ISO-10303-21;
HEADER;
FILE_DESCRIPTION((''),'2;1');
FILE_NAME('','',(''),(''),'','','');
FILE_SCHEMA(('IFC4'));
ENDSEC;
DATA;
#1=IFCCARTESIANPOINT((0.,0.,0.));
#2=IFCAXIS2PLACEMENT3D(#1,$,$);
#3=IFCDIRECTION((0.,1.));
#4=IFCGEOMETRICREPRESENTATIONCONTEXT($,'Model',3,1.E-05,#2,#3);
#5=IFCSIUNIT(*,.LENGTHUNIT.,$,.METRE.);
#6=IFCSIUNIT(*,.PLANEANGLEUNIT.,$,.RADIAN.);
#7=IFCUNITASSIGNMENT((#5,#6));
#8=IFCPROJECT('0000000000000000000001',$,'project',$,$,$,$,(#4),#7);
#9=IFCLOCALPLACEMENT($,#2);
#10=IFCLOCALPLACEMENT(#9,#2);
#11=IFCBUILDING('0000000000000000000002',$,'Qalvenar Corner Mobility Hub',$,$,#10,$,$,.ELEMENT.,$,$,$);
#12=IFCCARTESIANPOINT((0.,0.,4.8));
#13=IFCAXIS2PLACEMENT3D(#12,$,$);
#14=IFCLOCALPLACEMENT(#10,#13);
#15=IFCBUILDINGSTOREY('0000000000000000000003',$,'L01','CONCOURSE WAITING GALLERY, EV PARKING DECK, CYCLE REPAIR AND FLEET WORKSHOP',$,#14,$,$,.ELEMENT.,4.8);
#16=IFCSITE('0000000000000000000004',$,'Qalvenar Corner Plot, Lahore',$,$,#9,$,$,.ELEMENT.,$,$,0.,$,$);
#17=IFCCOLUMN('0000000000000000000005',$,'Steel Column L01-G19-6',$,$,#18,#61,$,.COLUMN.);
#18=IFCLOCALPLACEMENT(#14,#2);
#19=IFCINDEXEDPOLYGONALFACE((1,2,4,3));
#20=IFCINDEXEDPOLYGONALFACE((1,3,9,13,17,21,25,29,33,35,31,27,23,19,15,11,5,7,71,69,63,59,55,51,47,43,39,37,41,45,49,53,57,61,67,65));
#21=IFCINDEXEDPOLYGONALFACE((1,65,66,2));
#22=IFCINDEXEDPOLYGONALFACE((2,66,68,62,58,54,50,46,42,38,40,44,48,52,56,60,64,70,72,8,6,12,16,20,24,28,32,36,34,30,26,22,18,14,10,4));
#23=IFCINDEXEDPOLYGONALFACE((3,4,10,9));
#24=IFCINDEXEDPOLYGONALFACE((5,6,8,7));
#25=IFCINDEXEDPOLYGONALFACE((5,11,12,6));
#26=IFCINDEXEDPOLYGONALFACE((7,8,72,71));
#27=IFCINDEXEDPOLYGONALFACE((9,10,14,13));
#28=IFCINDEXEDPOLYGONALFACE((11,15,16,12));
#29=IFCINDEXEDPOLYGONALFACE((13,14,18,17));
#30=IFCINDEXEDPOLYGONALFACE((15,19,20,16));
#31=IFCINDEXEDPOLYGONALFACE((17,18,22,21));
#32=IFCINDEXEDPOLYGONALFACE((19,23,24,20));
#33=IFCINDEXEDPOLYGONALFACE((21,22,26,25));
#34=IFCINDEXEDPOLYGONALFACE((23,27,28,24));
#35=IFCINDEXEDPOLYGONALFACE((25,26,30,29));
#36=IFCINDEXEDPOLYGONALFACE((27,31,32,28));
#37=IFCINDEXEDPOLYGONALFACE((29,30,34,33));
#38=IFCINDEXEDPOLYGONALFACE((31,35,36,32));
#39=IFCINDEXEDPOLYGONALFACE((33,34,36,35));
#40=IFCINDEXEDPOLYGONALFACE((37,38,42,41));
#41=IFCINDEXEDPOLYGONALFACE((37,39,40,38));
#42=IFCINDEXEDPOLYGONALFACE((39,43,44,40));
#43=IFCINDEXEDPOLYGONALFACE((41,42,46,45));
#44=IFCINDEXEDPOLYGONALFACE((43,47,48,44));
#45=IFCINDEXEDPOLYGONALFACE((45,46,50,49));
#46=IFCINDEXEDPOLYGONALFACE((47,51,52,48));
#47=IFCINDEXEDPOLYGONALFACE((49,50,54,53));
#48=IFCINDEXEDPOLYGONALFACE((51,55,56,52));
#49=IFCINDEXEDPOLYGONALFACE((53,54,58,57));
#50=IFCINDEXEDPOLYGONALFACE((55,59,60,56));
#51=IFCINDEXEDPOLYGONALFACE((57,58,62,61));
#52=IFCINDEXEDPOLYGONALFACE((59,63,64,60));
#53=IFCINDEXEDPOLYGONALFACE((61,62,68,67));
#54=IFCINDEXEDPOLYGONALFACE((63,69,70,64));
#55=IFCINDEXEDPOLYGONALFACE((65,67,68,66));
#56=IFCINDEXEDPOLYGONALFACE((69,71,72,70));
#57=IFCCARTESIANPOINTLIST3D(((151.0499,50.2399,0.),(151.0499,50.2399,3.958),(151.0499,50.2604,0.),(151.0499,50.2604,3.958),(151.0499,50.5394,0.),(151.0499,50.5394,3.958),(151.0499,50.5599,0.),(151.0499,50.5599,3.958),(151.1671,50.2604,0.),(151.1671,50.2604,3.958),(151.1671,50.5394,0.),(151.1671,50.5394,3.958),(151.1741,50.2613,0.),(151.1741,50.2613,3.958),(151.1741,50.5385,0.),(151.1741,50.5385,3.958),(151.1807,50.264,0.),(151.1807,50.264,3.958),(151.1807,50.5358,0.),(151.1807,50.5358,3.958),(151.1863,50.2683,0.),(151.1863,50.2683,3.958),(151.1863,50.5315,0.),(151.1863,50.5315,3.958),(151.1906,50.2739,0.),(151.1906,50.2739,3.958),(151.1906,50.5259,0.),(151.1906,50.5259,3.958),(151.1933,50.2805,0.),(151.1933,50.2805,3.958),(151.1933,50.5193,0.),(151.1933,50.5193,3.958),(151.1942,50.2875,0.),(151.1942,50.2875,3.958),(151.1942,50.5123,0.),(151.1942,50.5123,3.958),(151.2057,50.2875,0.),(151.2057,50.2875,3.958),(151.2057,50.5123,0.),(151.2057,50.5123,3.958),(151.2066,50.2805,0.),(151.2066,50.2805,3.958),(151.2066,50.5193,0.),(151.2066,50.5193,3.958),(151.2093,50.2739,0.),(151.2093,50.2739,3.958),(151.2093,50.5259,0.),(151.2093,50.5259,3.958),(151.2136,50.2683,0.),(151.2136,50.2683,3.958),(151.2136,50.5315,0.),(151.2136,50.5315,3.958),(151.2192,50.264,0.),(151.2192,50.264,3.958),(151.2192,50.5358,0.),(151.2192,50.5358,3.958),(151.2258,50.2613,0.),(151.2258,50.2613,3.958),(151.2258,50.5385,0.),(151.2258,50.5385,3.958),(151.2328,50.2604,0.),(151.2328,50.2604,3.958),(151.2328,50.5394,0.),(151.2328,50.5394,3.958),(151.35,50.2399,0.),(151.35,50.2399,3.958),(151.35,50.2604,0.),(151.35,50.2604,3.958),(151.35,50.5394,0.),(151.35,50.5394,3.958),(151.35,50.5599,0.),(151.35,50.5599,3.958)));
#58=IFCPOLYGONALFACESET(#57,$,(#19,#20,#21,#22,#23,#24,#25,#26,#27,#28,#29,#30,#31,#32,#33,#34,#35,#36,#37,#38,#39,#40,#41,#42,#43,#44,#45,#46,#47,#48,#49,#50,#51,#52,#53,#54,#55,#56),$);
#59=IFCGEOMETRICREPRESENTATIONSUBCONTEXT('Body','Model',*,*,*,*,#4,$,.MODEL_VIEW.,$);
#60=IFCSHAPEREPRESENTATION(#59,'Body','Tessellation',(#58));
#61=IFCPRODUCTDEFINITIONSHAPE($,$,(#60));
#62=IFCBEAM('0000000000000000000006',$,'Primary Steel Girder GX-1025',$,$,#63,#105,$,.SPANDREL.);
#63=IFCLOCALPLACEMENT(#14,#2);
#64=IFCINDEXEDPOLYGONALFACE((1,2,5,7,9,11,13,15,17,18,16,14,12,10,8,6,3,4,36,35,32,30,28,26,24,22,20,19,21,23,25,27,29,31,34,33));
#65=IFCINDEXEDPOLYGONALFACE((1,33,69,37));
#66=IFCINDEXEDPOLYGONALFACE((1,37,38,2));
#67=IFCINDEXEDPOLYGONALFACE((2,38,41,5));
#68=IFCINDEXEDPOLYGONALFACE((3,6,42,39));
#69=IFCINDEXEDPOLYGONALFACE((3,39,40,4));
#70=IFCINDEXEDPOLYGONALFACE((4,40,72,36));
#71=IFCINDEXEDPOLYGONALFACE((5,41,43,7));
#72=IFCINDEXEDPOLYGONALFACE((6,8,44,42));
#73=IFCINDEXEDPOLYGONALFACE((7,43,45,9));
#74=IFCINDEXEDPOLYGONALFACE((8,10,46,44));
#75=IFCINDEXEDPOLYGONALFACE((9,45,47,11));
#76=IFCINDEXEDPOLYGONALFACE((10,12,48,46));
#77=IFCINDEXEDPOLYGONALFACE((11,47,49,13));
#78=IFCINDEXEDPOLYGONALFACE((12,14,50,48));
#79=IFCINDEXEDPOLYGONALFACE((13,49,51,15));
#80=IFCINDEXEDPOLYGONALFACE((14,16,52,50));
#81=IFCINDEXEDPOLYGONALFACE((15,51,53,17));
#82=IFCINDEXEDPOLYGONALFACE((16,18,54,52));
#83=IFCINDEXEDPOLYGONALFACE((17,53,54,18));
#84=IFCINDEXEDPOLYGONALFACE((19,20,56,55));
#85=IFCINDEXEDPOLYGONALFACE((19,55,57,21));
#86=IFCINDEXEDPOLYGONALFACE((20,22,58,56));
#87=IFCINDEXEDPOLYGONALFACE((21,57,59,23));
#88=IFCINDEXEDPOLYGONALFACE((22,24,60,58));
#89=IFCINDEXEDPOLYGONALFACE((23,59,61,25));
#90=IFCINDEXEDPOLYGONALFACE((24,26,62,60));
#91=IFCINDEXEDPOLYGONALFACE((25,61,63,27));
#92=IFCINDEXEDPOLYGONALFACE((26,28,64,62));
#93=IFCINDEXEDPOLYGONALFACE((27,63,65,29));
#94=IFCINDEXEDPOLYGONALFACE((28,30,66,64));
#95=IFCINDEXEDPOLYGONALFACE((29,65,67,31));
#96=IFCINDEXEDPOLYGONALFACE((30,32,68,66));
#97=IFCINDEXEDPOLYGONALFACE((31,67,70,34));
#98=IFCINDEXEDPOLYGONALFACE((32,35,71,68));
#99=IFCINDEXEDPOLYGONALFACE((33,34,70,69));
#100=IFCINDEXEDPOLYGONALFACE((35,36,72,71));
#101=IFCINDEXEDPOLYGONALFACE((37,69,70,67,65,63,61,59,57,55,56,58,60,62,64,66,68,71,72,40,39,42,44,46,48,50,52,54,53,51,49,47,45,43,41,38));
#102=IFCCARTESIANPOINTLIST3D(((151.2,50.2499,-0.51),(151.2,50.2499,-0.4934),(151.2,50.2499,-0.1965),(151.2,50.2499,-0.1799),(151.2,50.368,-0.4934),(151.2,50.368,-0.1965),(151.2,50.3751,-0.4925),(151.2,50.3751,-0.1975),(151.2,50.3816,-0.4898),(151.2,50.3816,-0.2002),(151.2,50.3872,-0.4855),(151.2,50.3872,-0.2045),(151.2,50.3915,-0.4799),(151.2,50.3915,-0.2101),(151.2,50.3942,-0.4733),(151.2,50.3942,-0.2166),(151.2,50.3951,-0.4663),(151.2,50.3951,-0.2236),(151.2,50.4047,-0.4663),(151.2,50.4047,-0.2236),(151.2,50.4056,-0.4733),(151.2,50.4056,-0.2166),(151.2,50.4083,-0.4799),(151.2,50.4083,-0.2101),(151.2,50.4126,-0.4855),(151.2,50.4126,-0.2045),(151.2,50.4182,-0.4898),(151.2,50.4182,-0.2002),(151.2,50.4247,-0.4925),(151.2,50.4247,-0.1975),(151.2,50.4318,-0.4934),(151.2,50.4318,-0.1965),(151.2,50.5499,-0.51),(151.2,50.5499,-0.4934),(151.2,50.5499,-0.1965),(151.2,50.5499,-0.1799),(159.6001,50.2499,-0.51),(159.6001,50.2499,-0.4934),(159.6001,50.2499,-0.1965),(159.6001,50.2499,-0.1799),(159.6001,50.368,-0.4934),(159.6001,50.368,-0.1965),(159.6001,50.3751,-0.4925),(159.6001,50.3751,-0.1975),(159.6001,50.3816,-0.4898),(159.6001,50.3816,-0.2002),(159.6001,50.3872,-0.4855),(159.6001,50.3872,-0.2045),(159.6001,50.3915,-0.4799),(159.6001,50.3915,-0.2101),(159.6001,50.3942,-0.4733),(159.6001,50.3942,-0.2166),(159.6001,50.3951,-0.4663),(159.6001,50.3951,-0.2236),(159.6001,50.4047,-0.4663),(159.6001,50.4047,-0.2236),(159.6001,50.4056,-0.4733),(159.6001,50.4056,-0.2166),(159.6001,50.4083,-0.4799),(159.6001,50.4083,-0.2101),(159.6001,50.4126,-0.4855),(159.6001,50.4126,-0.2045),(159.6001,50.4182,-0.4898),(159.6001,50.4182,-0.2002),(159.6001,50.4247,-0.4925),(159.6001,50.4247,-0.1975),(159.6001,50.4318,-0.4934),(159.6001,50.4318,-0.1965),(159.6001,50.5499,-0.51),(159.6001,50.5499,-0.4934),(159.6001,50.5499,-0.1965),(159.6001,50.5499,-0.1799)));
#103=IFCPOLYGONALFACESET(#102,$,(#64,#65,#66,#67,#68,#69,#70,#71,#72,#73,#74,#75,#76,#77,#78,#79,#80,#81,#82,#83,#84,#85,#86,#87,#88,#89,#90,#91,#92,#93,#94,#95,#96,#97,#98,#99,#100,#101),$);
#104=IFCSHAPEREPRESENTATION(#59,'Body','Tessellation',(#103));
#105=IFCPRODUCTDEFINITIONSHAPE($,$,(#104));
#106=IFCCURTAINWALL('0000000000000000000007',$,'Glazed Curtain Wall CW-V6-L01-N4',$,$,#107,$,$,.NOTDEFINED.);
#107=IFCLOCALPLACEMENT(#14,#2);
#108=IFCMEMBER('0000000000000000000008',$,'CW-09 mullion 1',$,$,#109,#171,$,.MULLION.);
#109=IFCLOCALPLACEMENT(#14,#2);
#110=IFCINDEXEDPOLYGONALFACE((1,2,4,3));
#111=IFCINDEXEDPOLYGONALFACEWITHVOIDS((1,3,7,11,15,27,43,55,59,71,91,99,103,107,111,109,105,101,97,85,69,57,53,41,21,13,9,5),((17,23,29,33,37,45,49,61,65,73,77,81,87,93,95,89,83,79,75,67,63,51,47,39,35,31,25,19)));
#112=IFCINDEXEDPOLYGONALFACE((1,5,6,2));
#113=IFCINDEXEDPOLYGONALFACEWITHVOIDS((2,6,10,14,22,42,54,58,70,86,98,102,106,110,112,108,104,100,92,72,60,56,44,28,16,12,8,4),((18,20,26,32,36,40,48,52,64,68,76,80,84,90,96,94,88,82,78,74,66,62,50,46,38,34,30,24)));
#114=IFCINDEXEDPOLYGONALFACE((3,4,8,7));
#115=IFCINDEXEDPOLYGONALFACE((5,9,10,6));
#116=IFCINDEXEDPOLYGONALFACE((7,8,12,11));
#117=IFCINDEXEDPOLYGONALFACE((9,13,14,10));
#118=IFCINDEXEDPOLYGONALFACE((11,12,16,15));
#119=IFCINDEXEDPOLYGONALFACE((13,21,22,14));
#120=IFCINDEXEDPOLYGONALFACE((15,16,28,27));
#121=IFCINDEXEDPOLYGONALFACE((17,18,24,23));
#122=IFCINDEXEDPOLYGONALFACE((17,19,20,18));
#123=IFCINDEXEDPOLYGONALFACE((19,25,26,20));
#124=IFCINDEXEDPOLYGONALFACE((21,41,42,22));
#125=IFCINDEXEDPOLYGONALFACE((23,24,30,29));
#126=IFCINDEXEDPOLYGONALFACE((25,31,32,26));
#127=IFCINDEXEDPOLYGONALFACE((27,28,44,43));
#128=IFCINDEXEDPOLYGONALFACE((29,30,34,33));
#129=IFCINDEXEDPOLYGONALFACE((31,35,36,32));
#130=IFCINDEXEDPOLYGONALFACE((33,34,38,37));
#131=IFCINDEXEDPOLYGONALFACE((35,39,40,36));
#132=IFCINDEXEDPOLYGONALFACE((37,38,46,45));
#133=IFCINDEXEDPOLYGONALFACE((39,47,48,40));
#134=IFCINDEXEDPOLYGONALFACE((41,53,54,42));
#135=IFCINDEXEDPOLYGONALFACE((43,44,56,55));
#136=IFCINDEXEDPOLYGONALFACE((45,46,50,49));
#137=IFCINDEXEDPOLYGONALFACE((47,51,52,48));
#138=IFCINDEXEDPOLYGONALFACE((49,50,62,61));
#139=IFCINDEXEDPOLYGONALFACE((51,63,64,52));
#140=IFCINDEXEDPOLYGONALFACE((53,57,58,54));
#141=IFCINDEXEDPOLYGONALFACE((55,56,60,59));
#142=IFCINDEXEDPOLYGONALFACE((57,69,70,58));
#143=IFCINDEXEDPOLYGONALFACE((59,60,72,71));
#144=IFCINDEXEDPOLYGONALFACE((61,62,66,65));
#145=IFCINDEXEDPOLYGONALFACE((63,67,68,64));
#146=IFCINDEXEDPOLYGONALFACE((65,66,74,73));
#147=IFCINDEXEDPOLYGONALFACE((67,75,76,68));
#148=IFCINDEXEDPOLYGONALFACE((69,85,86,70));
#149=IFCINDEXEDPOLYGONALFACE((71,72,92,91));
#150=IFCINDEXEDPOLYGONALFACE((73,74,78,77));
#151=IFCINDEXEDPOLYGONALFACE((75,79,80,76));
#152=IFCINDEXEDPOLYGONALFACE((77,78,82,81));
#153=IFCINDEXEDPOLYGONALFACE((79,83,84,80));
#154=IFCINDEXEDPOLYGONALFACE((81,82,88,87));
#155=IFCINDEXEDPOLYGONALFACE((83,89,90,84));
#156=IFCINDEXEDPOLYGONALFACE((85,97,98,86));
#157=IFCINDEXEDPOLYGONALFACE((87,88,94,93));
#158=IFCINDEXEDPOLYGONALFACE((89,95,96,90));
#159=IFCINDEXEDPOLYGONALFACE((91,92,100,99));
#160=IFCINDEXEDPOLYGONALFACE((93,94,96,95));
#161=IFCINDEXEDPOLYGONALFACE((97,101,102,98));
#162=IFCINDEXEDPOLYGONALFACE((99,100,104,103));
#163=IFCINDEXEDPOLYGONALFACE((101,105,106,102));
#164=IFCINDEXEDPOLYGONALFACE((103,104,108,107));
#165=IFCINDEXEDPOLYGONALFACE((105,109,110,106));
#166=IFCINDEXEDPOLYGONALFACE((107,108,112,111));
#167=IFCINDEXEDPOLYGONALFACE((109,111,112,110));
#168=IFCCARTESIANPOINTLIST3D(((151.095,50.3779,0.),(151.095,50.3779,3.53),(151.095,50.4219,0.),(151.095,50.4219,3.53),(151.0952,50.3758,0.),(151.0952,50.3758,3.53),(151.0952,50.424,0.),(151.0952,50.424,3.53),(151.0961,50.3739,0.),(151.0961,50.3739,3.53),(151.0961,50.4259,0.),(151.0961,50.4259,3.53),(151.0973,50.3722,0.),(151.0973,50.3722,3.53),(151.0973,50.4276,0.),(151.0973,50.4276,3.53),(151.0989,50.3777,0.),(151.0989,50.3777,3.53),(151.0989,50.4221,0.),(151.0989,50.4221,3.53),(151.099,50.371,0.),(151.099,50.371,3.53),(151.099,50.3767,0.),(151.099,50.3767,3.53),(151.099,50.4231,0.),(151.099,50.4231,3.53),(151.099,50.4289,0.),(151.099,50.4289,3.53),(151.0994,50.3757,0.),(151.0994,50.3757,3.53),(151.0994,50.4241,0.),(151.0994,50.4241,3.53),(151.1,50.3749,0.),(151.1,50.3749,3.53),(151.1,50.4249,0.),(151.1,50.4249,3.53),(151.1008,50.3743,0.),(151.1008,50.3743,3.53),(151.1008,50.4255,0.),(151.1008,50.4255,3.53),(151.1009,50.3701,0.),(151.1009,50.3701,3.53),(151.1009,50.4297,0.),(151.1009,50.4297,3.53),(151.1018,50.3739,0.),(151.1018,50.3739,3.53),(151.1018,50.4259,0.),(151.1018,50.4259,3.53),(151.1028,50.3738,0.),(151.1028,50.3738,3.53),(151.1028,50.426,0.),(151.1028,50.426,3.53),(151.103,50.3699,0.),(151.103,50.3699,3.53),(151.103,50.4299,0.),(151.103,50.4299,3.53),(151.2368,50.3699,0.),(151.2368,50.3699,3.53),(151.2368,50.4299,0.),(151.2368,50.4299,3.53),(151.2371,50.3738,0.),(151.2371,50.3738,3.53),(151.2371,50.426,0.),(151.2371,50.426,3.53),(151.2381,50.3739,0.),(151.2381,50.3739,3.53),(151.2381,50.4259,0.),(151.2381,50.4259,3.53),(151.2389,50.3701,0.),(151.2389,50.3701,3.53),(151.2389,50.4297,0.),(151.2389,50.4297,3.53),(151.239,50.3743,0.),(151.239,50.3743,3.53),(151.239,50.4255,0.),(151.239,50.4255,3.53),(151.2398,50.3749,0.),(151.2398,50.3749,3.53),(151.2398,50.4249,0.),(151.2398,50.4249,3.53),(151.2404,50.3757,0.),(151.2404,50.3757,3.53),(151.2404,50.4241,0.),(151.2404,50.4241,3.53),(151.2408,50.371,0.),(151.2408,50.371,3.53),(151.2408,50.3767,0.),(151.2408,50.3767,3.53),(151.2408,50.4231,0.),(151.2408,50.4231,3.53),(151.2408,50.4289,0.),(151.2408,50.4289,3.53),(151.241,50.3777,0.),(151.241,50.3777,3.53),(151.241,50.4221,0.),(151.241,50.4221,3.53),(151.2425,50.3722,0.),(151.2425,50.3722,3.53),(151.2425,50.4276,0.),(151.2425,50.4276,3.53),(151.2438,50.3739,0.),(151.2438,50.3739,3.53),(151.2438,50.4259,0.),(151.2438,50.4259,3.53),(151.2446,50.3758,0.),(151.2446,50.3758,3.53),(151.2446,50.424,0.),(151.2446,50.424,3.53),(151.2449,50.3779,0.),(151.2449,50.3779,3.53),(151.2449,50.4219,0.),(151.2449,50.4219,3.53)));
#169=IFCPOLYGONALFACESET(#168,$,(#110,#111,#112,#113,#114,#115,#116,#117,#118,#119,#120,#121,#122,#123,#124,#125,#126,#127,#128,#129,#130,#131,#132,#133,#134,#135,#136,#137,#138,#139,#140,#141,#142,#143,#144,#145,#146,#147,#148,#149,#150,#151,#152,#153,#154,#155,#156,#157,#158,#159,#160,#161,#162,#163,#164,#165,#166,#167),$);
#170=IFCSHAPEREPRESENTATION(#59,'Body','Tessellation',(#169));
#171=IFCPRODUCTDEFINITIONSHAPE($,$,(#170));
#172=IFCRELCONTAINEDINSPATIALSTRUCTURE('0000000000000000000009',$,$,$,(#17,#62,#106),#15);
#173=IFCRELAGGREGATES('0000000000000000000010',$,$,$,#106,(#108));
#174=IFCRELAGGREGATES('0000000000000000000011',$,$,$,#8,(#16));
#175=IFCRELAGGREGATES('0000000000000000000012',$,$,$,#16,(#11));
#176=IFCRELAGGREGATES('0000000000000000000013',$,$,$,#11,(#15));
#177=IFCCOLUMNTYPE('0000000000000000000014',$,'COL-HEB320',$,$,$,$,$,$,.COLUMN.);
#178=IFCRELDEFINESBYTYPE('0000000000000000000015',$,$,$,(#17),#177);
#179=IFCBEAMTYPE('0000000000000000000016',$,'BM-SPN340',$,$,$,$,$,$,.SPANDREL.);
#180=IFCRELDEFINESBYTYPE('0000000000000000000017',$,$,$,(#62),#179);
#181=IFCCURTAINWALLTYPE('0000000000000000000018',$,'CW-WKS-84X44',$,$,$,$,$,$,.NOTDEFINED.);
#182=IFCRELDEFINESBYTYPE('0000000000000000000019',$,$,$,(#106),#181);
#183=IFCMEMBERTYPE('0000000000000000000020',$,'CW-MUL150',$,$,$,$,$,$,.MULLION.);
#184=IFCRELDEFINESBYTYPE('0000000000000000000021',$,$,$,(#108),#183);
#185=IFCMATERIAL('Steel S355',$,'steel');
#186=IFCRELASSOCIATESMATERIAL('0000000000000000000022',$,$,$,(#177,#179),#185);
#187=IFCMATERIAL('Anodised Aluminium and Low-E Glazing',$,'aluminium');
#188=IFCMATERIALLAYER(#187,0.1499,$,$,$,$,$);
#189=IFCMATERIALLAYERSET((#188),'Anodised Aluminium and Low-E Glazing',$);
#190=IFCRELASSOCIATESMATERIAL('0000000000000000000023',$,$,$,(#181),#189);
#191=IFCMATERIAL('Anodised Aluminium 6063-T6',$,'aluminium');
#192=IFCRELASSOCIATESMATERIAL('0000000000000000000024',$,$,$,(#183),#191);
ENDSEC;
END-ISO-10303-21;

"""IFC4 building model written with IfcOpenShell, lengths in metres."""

from ifc_helpers import new_model, si_unit, direction, frame, origin, origin_2d, place, context, subcontext, project, spatial, hollow_rectangle, i_section, extrude, material, layer, layer_set, material_profile, profile_set, type_object, element, aggregate, save


model = new_model("IFC4")

# Units and contexts
model_context = context("Model", 3, precision=1e-05, world=origin(), true_north=direction((0.0, 1.0)))
body_context = subcontext(model_context, "Body", "Model", "MODEL_VIEW")
ifc_project = project(units=[si_unit("LENGTHUNIT", "METRE"), si_unit("PLANEANGLEUNIT", "RADIAN")], contexts=[model_context])

# Site, building, storey
site_placement = place(None, origin())
site = spatial("IfcSite", under=ifc_project, at=site_placement, Name="Qalvenar Corner Plot, Lahore", CompositionType="ELEMENT", RefElevation=0.0)
building_placement = place(site_placement, origin())
building = spatial("IfcBuilding", under=site, at=building_placement, Name="Qalvenar Corner Mobility Hub", CompositionType="ELEMENT")
storey_placement = place(building_placement, frame((0.0, 0.0, 4.8)))
storey = spatial("IfcBuildingStorey", under=building, at=storey_placement, Name="L01", Description="CONCOURSE WAITING GALLERY, EV PARKING DECK, CYCLE REPAIR AND FLEET WORKSHOP", CompositionType="ELEMENT", Elevation=4.8)

# Column
ifc_material_1 = material(Name="Steel S355", Category="steel")
ifc_material_profile_1 = material_profile(ifc_material_1, i_section(OverallWidth=0.3, OverallDepth=0.3201, WebThickness=0.0115, FlangeThickness=0.0205, FilletRadius=0.0271, at=origin_2d()), Name="HEB320")
ifc_profile_set_1 = profile_set([ifc_material_profile_1], Name="Steel S355")
column_type = type_object("IfcColumnType", Name="COL-HEB320", PredefinedType="COLUMN", material=ifc_profile_set_1)
column_placement = place(storey_placement, frame((151.2, 50.3999, 0.0), z_axis=(0.0, 0.0, 1.0), x_axis=(1.0, 0.0, 0.0)))
element("IfcColumn", 1, at=column_placement, inside=storey, type_object=column_type, Name="Steel Column L01-G19-6", PredefinedType="COLUMN", context=body_context, shape_type="SweptSolid", body=[
    extrude(i_section(OverallWidth=0.3, OverallDepth=0.3201, WebThickness=0.0115, FlangeThickness=0.0205, FilletRadius=0.0271, at=origin_2d()), origin(), (0.0, 0.0, 1.0), 3.958),
])

# Beam
ifc_material_profile_2 = material_profile(ifc_material_1, i_section(OverallWidth=0.3, OverallDepth=0.3301, WebThickness=0.0095, FlangeThickness=0.0166, FilletRadius=0.0271, at=origin_2d()), Name="HEA340")
ifc_profile_set_2 = profile_set([ifc_material_profile_2], Name="Steel S355")
beam_type = type_object("IfcBeamType", Name="BM-SPN340", PredefinedType="SPANDREL", material=ifc_profile_set_2)
beam_placement = place(storey_placement, frame((151.2, 50.3999, -0.345), z_axis=(1.0, 0.0, 0.0), x_axis=(0.0, 1.0, 0.0)))
element("IfcBeam", 2, at=beam_placement, inside=storey, type_object=beam_type, Name="Primary Steel Girder GX-1025", PredefinedType="SPANDREL", context=body_context, shape_type="SweptSolid", body=[
    extrude(i_section(OverallWidth=0.3, OverallDepth=0.3301, WebThickness=0.0095, FlangeThickness=0.0166, FilletRadius=0.0271, at=origin_2d()), origin(), (0.0, 0.0, 1.0), 8.4001),
])

# Curtain wall, member
ifc_material_2 = material(Name="Anodised Aluminium and Low-E Glazing", Category="aluminium")
ifc_layer_1 = layer(ifc_material_2, 0.1499)
ifc_layer_set_1 = layer_set([ifc_layer_1], Name="Anodised Aluminium and Low-E Glazing")
curtain_wall_type = type_object("IfcCurtainWallType", Name="CW-WKS-84X44", PredefinedType="NOTDEFINED", material=ifc_layer_set_1)
curtain_wall_placement = place(storey_placement, origin())
curtain_wall = element("IfcCurtainWall", 3, at=curtain_wall_placement, inside=storey, type_object=curtain_wall_type, Name="Glazed Curtain Wall CW-V6-L01-N4", PredefinedType="NOTDEFINED")
ifc_material_3 = material(Name="Anodised Aluminium 6063-T6", Category="aluminium")
ifc_material_profile_3 = material_profile(ifc_material_3, hollow_rectangle(XDim=0.0601, YDim=0.1499, WallThickness=0.0039, InnerFilletRadius=0.0039, OuterFilletRadius=0.0081, at=origin_2d()), Name="RHS150x60x4")
ifc_profile_set_3 = profile_set([ifc_material_profile_3], Name="Anodised Aluminium 6063-T6")
member_type_1 = type_object("IfcMemberType", Name="CW-MUL150", PredefinedType="MULLION", material=ifc_profile_set_3)
member_1_placement = place(storey_placement, frame((151.1699, 50.3999, 0.0), z_axis=(0.0, 0.0, 1.0), x_axis=(0.0, -1.0, 0.0)))
member_1 = element("IfcMember", 4, at=member_1_placement, type_object=member_type_1, Name="CW-09 mullion 1", PredefinedType="MULLION", context=body_context, shape_type="SweptSolid", body=[
    extrude(hollow_rectangle(XDim=0.0601, YDim=0.1499, WallThickness=0.0039, InnerFilletRadius=0.0039, OuterFilletRadius=0.0081, at=origin_2d()), origin(), (0.0, 0.0, 1.0), 3.53),
])
aggregate(curtain_wall, [member_1])

save(model, "model.ifc")
